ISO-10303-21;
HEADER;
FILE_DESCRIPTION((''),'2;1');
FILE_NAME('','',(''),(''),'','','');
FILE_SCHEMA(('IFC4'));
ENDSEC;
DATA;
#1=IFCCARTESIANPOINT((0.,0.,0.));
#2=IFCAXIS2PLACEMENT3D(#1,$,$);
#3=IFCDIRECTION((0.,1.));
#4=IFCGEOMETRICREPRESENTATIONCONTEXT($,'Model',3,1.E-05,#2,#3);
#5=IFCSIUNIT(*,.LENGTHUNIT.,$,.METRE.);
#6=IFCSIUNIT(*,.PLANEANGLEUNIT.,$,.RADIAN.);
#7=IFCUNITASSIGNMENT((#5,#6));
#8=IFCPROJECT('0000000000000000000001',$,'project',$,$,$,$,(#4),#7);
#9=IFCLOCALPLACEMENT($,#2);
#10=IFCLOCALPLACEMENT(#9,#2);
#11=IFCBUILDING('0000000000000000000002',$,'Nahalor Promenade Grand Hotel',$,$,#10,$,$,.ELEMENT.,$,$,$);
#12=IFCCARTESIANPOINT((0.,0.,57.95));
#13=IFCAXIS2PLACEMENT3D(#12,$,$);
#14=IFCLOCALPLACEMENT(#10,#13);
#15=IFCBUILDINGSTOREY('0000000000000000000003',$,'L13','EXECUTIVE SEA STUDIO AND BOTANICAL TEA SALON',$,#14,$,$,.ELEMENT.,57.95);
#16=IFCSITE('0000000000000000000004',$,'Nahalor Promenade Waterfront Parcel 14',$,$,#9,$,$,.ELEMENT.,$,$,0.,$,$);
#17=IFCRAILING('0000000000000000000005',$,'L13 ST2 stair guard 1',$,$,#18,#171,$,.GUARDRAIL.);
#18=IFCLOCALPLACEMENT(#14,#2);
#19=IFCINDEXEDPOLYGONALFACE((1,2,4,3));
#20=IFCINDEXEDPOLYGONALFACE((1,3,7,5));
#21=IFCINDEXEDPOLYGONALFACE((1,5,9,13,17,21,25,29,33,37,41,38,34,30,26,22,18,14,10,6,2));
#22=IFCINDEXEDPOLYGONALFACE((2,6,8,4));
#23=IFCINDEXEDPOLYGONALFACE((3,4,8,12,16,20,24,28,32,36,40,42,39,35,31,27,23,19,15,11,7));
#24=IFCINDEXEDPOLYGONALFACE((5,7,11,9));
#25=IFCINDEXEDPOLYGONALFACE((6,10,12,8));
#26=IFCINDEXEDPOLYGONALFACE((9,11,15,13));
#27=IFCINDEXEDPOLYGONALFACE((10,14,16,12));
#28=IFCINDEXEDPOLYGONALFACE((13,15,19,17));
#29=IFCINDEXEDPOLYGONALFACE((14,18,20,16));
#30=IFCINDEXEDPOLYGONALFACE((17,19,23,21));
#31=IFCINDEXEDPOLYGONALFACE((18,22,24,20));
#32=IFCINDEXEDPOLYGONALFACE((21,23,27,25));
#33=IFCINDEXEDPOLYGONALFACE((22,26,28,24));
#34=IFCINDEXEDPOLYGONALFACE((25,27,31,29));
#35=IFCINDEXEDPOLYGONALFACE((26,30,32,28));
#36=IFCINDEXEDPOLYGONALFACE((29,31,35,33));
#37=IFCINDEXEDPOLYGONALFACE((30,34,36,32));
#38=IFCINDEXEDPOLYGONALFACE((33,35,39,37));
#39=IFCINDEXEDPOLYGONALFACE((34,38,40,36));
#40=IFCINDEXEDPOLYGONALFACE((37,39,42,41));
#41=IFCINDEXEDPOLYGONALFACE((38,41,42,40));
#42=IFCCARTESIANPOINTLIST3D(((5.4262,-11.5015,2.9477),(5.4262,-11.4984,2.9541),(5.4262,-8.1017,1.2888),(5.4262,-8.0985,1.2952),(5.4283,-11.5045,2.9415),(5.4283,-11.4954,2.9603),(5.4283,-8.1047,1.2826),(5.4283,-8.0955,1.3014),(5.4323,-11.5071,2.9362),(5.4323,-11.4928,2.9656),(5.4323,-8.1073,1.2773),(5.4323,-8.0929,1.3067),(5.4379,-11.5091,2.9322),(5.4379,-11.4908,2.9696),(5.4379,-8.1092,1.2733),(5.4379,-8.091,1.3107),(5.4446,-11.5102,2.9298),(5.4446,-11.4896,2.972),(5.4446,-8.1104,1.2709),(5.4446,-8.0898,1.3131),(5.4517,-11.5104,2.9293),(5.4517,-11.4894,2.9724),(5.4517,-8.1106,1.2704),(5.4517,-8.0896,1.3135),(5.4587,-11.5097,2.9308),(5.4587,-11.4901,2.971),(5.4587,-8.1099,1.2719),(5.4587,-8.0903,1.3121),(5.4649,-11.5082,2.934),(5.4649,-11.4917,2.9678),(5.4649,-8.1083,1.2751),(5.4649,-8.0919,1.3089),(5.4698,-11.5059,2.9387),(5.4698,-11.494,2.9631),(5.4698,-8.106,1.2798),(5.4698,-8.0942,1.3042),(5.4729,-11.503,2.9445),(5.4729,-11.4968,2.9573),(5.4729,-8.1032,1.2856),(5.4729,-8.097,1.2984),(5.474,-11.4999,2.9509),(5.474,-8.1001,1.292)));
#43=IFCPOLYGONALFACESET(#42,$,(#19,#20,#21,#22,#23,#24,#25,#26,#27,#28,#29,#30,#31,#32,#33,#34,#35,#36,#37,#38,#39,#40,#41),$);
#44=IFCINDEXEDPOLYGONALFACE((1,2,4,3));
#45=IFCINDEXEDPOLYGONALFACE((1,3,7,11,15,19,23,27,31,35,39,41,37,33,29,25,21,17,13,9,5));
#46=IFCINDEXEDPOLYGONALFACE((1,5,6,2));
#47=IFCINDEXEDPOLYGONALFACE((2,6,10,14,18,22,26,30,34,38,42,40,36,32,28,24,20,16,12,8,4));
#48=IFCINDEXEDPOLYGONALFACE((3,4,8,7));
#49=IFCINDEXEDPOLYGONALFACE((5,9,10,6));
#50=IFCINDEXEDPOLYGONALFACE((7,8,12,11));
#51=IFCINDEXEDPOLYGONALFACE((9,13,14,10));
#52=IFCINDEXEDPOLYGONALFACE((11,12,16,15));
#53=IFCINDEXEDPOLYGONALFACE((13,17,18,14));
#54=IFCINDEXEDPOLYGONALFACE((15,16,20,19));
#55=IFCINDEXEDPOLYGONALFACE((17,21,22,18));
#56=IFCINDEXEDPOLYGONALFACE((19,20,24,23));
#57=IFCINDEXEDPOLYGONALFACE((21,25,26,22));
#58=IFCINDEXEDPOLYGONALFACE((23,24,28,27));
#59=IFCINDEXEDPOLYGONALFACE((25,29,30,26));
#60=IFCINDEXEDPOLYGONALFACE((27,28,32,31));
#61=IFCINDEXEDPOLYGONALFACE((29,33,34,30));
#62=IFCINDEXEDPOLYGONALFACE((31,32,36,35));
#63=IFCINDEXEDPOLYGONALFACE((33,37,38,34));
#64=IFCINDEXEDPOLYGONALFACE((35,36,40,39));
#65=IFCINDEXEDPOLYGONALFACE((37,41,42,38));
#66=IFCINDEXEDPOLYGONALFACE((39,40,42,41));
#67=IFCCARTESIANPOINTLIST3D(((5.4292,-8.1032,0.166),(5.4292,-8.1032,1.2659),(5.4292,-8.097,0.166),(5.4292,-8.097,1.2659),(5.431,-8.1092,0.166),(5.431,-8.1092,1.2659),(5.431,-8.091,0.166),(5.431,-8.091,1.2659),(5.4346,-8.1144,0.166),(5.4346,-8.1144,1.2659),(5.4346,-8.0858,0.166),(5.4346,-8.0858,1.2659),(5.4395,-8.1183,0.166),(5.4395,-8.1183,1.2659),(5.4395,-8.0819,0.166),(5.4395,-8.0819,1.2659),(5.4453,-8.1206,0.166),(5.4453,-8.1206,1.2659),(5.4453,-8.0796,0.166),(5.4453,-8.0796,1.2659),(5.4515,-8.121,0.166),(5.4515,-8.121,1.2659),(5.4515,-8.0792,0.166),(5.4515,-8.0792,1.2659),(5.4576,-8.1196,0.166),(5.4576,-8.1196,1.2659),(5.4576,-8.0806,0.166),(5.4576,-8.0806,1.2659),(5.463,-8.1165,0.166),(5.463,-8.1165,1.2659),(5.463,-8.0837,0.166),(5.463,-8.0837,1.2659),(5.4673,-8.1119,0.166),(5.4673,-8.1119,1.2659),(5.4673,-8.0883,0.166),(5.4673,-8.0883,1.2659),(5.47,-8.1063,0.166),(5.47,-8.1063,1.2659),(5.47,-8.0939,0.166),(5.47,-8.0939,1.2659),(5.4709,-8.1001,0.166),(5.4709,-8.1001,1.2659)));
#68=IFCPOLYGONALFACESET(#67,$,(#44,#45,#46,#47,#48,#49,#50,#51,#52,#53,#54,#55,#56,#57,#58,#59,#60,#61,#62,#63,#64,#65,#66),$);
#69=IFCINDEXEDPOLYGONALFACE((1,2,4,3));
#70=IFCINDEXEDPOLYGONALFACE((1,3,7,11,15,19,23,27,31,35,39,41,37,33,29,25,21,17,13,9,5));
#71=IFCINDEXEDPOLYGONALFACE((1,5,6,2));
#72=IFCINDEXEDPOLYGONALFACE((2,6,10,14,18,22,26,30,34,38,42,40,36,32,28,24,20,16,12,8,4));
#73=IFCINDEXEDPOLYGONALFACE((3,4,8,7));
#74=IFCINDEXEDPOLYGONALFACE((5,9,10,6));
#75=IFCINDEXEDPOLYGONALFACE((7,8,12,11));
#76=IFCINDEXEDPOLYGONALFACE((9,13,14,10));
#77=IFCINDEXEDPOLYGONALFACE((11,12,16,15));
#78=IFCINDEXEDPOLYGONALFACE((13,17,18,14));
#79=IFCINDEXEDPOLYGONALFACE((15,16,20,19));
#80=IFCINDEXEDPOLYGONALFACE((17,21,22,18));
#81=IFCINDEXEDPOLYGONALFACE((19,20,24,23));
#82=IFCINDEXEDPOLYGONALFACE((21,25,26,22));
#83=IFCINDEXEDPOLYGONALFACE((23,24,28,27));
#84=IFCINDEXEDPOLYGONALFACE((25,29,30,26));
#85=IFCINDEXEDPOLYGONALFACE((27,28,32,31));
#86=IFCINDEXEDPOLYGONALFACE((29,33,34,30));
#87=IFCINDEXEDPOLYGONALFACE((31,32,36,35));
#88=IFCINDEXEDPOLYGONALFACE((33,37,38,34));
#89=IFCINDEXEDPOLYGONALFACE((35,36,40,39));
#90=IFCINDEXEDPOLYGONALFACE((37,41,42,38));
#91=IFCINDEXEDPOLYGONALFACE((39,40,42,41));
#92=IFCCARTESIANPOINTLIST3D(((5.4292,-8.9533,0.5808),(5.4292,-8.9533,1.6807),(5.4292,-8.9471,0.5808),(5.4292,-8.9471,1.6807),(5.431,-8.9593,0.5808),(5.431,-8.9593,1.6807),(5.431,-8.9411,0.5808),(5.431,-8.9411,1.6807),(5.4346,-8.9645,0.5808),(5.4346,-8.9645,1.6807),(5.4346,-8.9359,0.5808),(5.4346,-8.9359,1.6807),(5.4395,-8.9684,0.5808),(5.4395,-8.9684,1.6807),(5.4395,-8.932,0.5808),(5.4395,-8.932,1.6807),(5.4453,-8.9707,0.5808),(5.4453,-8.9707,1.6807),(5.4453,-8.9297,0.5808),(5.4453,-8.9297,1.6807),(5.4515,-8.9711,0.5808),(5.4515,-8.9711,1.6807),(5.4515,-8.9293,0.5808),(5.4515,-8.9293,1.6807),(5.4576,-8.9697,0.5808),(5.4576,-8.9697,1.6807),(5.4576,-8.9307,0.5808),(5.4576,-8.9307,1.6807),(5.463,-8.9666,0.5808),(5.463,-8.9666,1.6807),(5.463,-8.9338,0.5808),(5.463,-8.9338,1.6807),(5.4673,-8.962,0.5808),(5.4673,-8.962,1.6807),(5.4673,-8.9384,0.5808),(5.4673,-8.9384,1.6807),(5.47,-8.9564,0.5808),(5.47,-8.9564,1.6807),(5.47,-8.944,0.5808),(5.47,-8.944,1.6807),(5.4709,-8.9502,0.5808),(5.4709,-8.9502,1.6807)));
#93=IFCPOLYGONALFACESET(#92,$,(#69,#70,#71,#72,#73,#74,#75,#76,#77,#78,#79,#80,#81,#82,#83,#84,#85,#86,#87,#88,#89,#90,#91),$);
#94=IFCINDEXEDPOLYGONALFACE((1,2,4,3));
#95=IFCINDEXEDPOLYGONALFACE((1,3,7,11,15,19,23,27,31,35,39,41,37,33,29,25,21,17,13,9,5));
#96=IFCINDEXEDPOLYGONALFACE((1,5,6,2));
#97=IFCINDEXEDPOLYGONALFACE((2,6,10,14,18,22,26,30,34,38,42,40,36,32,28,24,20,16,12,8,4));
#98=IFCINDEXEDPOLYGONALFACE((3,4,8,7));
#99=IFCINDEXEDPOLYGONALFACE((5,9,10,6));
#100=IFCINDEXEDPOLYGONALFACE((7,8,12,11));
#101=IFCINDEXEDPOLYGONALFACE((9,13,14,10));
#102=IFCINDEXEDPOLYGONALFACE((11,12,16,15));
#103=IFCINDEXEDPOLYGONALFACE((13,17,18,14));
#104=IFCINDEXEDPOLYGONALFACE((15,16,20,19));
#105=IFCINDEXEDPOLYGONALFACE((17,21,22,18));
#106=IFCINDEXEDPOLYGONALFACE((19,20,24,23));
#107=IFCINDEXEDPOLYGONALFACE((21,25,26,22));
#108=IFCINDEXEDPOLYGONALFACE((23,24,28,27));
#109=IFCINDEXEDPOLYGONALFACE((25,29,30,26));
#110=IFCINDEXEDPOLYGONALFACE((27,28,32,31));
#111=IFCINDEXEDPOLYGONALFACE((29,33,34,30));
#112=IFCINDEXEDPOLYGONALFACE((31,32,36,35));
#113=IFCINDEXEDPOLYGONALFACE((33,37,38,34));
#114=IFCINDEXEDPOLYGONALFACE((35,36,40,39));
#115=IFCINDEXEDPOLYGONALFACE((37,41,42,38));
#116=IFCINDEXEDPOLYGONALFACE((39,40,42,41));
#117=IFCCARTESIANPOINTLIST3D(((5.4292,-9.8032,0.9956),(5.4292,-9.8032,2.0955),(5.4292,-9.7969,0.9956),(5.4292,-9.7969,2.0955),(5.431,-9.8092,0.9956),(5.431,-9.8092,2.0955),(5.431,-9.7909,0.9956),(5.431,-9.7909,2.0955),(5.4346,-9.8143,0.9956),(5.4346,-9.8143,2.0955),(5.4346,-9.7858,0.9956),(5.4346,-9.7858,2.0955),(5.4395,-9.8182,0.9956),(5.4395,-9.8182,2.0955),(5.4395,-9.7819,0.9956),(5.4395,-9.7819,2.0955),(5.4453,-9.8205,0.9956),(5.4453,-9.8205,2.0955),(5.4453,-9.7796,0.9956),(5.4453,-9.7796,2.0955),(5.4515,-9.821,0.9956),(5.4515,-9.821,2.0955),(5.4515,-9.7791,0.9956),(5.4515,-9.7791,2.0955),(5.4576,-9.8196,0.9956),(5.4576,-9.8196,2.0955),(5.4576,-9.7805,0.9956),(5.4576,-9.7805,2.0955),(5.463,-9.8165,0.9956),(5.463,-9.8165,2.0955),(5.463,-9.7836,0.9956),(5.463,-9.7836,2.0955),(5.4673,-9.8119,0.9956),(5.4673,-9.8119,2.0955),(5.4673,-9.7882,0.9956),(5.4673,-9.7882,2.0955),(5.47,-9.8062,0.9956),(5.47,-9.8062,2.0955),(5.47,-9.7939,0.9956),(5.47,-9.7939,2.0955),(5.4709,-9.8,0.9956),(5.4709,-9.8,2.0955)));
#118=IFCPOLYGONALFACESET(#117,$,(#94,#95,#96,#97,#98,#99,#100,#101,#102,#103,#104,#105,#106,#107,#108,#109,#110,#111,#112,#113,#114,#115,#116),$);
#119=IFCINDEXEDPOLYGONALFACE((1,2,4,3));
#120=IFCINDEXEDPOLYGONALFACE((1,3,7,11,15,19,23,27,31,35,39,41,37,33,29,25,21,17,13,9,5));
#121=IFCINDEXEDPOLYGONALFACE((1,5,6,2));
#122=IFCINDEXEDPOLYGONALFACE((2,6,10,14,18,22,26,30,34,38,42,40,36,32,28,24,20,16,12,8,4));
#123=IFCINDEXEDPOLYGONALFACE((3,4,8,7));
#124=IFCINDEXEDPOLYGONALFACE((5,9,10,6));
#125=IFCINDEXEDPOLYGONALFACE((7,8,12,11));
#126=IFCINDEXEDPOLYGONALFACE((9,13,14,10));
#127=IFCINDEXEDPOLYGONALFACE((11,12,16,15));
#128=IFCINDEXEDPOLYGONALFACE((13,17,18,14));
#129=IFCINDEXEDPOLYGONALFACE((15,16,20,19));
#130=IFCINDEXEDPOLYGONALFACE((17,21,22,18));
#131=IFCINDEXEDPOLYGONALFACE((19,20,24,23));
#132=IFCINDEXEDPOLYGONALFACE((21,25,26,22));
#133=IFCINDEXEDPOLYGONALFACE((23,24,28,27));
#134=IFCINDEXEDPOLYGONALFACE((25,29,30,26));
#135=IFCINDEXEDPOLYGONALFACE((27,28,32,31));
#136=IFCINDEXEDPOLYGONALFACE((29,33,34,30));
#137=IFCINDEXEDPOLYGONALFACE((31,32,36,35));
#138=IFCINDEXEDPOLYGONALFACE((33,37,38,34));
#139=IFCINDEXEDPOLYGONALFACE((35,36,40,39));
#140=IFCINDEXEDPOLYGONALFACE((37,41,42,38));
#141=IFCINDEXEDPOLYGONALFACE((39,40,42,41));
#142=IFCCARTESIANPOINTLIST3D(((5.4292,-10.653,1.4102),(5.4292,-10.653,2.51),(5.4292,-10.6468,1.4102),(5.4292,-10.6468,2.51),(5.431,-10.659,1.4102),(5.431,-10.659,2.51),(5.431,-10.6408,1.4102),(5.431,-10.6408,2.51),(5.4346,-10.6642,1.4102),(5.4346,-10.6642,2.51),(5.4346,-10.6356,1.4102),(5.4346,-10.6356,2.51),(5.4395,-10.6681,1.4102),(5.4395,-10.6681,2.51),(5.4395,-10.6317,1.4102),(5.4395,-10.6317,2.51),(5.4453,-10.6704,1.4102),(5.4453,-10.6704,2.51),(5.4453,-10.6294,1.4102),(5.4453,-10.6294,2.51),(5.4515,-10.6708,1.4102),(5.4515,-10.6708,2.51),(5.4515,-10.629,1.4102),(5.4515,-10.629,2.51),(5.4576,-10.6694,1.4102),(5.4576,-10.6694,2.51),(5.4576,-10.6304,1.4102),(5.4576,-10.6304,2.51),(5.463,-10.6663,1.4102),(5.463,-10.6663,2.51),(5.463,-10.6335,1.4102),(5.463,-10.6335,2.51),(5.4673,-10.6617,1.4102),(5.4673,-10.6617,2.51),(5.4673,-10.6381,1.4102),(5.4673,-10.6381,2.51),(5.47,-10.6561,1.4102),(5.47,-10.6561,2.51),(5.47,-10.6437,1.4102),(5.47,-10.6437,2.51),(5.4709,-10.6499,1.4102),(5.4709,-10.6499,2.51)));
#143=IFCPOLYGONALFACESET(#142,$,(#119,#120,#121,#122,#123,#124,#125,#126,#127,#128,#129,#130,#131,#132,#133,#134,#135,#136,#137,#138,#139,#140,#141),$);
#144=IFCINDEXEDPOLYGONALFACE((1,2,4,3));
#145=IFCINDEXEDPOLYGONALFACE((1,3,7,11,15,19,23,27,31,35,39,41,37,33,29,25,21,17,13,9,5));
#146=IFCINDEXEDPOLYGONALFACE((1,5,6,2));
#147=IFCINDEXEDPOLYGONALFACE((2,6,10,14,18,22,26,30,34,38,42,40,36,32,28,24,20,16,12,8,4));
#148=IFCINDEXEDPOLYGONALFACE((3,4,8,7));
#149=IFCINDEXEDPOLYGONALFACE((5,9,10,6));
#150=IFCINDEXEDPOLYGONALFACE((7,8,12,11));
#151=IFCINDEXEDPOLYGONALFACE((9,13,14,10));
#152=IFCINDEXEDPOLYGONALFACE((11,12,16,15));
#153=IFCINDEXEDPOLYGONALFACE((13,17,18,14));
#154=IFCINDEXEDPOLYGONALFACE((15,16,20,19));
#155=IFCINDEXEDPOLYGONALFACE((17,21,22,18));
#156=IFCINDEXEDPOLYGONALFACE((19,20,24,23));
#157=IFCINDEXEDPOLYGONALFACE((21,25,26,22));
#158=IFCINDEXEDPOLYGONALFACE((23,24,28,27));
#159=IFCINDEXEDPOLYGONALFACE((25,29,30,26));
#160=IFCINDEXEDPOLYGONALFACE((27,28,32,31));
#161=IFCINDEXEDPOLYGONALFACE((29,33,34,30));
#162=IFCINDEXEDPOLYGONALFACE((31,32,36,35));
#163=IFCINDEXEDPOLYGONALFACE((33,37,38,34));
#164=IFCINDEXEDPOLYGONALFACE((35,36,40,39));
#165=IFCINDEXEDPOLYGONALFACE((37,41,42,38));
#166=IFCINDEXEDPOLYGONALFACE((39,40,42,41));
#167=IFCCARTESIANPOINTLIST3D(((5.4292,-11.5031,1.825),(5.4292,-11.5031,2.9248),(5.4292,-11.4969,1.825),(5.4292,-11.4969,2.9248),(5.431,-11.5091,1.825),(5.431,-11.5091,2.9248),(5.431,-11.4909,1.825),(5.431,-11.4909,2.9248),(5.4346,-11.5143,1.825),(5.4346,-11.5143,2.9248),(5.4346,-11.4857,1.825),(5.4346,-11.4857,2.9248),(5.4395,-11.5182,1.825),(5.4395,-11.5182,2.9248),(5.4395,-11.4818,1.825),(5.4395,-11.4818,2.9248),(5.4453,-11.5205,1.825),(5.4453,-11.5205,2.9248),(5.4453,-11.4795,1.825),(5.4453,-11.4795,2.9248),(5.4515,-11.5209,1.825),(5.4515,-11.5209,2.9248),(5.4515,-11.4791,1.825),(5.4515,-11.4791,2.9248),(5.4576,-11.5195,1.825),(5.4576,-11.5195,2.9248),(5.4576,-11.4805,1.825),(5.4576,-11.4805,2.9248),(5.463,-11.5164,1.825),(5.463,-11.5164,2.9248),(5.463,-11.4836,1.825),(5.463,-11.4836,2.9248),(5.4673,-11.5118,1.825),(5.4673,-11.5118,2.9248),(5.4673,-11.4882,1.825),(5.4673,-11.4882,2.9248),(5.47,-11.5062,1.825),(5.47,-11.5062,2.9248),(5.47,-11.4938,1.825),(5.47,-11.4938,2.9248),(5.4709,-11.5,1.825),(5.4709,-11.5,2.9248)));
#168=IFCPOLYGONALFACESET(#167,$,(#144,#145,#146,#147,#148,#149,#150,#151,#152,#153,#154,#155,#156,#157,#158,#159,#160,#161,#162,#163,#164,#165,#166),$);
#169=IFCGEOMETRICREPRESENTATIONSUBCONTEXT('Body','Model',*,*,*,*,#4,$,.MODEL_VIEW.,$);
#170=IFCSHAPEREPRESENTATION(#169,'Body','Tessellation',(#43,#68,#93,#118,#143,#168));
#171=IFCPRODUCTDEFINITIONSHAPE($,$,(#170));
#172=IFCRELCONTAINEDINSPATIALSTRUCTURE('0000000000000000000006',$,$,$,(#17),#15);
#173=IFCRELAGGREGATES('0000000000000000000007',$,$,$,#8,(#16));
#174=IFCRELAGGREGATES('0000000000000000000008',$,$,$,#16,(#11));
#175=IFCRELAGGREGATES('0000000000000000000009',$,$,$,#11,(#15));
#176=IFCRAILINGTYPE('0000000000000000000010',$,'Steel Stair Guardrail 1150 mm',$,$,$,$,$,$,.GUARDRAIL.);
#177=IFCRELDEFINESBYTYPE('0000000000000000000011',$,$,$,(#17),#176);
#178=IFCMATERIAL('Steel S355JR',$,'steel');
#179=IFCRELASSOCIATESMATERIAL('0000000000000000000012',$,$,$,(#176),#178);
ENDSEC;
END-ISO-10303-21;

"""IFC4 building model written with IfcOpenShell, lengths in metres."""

from ifc_helpers import new_model, si_unit, direction, frame, origin, origin_2d, place, context, subcontext, project, spatial, circle, extrude, material, type_object, element, save


model = new_model("IFC4")

# Units and contexts
model_context = context("Model", 3, precision=1e-05, world=origin(), true_north=direction((0.0, 1.0)))
body_context = subcontext(model_context, "Body", "Model", "MODEL_VIEW")
ifc_project = project(units=[si_unit("LENGTHUNIT", "METRE"), si_unit("PLANEANGLEUNIT", "RADIAN")], contexts=[model_context])

# Site, building, storey
site_placement = place(None, origin())
site = spatial("IfcSite", under=ifc_project, at=site_placement, Name="Nahalor Promenade Waterfront Parcel 14", CompositionType="ELEMENT", RefElevation=0.0)
building_placement = place(site_placement, origin())
building = spatial("IfcBuilding", under=site, at=building_placement, Name="Nahalor Promenade Grand Hotel", CompositionType="ELEMENT")
storey_placement = place(building_placement, frame((0.0, 0.0, 57.95)))
storey = spatial("IfcBuildingStorey", under=building, at=storey_placement, Name="L13", Description="EXECUTIVE SEA STUDIO AND BOTANICAL TEA SALON", CompositionType="ELEMENT", Elevation=57.95)

# Shared definitions
ifc_material_1 = material(Name="Steel S355JR", Category="steel")

# Railing
railing_type_1 = type_object("IfcRailingType", Name="Steel Stair Guardrail 1150 mm", PredefinedType="GUARDRAIL", material=ifc_material_1)
railing_1_placement = place(storey_placement, frame((5.45, -8.1001, 0.166)))
element("IfcRailing", 1, at=railing_1_placement, inside=storey, type_object=railing_type_1, Name="L13 ST2 stair guard 1", PredefinedType="GUARDRAIL", context=body_context, shape_type="SweptSolid", body=[
    extrude(circle(Radius=0.024, at=origin_2d()), frame((0.0, 0.0, 1.126), z_axis=(0.0, -0.898722, 0.438519), x_axis=(1.0, 0.0, 0.0)), (0.0, 0.0, 1.0), 3.783),
    extrude(circle(Radius=0.021, at=origin_2d()), origin(), (0.0, 0.0, 1.0), 1.0999),
    extrude(circle(Radius=0.021, at=origin_2d()), frame((0.0, -0.8501, 0.4148)), (0.0, 0.0, 1.0), 1.0999),
    extrude(circle(Radius=0.021, at=origin_2d()), frame((0.0, -1.7, 0.8296)), (0.0, 0.0, 1.0), 1.0999),
    extrude(circle(Radius=0.021, at=origin_2d()), frame((0.0, -2.5498, 1.2441)), (0.0, 0.0, 1.0), 1.0999),
    extrude(circle(Radius=0.021, at=origin_2d()), frame((0.0, -3.3999, 1.6589)), (0.0, 0.0, 1.0), 1.0999),
])

save(model, "model.ifc")
